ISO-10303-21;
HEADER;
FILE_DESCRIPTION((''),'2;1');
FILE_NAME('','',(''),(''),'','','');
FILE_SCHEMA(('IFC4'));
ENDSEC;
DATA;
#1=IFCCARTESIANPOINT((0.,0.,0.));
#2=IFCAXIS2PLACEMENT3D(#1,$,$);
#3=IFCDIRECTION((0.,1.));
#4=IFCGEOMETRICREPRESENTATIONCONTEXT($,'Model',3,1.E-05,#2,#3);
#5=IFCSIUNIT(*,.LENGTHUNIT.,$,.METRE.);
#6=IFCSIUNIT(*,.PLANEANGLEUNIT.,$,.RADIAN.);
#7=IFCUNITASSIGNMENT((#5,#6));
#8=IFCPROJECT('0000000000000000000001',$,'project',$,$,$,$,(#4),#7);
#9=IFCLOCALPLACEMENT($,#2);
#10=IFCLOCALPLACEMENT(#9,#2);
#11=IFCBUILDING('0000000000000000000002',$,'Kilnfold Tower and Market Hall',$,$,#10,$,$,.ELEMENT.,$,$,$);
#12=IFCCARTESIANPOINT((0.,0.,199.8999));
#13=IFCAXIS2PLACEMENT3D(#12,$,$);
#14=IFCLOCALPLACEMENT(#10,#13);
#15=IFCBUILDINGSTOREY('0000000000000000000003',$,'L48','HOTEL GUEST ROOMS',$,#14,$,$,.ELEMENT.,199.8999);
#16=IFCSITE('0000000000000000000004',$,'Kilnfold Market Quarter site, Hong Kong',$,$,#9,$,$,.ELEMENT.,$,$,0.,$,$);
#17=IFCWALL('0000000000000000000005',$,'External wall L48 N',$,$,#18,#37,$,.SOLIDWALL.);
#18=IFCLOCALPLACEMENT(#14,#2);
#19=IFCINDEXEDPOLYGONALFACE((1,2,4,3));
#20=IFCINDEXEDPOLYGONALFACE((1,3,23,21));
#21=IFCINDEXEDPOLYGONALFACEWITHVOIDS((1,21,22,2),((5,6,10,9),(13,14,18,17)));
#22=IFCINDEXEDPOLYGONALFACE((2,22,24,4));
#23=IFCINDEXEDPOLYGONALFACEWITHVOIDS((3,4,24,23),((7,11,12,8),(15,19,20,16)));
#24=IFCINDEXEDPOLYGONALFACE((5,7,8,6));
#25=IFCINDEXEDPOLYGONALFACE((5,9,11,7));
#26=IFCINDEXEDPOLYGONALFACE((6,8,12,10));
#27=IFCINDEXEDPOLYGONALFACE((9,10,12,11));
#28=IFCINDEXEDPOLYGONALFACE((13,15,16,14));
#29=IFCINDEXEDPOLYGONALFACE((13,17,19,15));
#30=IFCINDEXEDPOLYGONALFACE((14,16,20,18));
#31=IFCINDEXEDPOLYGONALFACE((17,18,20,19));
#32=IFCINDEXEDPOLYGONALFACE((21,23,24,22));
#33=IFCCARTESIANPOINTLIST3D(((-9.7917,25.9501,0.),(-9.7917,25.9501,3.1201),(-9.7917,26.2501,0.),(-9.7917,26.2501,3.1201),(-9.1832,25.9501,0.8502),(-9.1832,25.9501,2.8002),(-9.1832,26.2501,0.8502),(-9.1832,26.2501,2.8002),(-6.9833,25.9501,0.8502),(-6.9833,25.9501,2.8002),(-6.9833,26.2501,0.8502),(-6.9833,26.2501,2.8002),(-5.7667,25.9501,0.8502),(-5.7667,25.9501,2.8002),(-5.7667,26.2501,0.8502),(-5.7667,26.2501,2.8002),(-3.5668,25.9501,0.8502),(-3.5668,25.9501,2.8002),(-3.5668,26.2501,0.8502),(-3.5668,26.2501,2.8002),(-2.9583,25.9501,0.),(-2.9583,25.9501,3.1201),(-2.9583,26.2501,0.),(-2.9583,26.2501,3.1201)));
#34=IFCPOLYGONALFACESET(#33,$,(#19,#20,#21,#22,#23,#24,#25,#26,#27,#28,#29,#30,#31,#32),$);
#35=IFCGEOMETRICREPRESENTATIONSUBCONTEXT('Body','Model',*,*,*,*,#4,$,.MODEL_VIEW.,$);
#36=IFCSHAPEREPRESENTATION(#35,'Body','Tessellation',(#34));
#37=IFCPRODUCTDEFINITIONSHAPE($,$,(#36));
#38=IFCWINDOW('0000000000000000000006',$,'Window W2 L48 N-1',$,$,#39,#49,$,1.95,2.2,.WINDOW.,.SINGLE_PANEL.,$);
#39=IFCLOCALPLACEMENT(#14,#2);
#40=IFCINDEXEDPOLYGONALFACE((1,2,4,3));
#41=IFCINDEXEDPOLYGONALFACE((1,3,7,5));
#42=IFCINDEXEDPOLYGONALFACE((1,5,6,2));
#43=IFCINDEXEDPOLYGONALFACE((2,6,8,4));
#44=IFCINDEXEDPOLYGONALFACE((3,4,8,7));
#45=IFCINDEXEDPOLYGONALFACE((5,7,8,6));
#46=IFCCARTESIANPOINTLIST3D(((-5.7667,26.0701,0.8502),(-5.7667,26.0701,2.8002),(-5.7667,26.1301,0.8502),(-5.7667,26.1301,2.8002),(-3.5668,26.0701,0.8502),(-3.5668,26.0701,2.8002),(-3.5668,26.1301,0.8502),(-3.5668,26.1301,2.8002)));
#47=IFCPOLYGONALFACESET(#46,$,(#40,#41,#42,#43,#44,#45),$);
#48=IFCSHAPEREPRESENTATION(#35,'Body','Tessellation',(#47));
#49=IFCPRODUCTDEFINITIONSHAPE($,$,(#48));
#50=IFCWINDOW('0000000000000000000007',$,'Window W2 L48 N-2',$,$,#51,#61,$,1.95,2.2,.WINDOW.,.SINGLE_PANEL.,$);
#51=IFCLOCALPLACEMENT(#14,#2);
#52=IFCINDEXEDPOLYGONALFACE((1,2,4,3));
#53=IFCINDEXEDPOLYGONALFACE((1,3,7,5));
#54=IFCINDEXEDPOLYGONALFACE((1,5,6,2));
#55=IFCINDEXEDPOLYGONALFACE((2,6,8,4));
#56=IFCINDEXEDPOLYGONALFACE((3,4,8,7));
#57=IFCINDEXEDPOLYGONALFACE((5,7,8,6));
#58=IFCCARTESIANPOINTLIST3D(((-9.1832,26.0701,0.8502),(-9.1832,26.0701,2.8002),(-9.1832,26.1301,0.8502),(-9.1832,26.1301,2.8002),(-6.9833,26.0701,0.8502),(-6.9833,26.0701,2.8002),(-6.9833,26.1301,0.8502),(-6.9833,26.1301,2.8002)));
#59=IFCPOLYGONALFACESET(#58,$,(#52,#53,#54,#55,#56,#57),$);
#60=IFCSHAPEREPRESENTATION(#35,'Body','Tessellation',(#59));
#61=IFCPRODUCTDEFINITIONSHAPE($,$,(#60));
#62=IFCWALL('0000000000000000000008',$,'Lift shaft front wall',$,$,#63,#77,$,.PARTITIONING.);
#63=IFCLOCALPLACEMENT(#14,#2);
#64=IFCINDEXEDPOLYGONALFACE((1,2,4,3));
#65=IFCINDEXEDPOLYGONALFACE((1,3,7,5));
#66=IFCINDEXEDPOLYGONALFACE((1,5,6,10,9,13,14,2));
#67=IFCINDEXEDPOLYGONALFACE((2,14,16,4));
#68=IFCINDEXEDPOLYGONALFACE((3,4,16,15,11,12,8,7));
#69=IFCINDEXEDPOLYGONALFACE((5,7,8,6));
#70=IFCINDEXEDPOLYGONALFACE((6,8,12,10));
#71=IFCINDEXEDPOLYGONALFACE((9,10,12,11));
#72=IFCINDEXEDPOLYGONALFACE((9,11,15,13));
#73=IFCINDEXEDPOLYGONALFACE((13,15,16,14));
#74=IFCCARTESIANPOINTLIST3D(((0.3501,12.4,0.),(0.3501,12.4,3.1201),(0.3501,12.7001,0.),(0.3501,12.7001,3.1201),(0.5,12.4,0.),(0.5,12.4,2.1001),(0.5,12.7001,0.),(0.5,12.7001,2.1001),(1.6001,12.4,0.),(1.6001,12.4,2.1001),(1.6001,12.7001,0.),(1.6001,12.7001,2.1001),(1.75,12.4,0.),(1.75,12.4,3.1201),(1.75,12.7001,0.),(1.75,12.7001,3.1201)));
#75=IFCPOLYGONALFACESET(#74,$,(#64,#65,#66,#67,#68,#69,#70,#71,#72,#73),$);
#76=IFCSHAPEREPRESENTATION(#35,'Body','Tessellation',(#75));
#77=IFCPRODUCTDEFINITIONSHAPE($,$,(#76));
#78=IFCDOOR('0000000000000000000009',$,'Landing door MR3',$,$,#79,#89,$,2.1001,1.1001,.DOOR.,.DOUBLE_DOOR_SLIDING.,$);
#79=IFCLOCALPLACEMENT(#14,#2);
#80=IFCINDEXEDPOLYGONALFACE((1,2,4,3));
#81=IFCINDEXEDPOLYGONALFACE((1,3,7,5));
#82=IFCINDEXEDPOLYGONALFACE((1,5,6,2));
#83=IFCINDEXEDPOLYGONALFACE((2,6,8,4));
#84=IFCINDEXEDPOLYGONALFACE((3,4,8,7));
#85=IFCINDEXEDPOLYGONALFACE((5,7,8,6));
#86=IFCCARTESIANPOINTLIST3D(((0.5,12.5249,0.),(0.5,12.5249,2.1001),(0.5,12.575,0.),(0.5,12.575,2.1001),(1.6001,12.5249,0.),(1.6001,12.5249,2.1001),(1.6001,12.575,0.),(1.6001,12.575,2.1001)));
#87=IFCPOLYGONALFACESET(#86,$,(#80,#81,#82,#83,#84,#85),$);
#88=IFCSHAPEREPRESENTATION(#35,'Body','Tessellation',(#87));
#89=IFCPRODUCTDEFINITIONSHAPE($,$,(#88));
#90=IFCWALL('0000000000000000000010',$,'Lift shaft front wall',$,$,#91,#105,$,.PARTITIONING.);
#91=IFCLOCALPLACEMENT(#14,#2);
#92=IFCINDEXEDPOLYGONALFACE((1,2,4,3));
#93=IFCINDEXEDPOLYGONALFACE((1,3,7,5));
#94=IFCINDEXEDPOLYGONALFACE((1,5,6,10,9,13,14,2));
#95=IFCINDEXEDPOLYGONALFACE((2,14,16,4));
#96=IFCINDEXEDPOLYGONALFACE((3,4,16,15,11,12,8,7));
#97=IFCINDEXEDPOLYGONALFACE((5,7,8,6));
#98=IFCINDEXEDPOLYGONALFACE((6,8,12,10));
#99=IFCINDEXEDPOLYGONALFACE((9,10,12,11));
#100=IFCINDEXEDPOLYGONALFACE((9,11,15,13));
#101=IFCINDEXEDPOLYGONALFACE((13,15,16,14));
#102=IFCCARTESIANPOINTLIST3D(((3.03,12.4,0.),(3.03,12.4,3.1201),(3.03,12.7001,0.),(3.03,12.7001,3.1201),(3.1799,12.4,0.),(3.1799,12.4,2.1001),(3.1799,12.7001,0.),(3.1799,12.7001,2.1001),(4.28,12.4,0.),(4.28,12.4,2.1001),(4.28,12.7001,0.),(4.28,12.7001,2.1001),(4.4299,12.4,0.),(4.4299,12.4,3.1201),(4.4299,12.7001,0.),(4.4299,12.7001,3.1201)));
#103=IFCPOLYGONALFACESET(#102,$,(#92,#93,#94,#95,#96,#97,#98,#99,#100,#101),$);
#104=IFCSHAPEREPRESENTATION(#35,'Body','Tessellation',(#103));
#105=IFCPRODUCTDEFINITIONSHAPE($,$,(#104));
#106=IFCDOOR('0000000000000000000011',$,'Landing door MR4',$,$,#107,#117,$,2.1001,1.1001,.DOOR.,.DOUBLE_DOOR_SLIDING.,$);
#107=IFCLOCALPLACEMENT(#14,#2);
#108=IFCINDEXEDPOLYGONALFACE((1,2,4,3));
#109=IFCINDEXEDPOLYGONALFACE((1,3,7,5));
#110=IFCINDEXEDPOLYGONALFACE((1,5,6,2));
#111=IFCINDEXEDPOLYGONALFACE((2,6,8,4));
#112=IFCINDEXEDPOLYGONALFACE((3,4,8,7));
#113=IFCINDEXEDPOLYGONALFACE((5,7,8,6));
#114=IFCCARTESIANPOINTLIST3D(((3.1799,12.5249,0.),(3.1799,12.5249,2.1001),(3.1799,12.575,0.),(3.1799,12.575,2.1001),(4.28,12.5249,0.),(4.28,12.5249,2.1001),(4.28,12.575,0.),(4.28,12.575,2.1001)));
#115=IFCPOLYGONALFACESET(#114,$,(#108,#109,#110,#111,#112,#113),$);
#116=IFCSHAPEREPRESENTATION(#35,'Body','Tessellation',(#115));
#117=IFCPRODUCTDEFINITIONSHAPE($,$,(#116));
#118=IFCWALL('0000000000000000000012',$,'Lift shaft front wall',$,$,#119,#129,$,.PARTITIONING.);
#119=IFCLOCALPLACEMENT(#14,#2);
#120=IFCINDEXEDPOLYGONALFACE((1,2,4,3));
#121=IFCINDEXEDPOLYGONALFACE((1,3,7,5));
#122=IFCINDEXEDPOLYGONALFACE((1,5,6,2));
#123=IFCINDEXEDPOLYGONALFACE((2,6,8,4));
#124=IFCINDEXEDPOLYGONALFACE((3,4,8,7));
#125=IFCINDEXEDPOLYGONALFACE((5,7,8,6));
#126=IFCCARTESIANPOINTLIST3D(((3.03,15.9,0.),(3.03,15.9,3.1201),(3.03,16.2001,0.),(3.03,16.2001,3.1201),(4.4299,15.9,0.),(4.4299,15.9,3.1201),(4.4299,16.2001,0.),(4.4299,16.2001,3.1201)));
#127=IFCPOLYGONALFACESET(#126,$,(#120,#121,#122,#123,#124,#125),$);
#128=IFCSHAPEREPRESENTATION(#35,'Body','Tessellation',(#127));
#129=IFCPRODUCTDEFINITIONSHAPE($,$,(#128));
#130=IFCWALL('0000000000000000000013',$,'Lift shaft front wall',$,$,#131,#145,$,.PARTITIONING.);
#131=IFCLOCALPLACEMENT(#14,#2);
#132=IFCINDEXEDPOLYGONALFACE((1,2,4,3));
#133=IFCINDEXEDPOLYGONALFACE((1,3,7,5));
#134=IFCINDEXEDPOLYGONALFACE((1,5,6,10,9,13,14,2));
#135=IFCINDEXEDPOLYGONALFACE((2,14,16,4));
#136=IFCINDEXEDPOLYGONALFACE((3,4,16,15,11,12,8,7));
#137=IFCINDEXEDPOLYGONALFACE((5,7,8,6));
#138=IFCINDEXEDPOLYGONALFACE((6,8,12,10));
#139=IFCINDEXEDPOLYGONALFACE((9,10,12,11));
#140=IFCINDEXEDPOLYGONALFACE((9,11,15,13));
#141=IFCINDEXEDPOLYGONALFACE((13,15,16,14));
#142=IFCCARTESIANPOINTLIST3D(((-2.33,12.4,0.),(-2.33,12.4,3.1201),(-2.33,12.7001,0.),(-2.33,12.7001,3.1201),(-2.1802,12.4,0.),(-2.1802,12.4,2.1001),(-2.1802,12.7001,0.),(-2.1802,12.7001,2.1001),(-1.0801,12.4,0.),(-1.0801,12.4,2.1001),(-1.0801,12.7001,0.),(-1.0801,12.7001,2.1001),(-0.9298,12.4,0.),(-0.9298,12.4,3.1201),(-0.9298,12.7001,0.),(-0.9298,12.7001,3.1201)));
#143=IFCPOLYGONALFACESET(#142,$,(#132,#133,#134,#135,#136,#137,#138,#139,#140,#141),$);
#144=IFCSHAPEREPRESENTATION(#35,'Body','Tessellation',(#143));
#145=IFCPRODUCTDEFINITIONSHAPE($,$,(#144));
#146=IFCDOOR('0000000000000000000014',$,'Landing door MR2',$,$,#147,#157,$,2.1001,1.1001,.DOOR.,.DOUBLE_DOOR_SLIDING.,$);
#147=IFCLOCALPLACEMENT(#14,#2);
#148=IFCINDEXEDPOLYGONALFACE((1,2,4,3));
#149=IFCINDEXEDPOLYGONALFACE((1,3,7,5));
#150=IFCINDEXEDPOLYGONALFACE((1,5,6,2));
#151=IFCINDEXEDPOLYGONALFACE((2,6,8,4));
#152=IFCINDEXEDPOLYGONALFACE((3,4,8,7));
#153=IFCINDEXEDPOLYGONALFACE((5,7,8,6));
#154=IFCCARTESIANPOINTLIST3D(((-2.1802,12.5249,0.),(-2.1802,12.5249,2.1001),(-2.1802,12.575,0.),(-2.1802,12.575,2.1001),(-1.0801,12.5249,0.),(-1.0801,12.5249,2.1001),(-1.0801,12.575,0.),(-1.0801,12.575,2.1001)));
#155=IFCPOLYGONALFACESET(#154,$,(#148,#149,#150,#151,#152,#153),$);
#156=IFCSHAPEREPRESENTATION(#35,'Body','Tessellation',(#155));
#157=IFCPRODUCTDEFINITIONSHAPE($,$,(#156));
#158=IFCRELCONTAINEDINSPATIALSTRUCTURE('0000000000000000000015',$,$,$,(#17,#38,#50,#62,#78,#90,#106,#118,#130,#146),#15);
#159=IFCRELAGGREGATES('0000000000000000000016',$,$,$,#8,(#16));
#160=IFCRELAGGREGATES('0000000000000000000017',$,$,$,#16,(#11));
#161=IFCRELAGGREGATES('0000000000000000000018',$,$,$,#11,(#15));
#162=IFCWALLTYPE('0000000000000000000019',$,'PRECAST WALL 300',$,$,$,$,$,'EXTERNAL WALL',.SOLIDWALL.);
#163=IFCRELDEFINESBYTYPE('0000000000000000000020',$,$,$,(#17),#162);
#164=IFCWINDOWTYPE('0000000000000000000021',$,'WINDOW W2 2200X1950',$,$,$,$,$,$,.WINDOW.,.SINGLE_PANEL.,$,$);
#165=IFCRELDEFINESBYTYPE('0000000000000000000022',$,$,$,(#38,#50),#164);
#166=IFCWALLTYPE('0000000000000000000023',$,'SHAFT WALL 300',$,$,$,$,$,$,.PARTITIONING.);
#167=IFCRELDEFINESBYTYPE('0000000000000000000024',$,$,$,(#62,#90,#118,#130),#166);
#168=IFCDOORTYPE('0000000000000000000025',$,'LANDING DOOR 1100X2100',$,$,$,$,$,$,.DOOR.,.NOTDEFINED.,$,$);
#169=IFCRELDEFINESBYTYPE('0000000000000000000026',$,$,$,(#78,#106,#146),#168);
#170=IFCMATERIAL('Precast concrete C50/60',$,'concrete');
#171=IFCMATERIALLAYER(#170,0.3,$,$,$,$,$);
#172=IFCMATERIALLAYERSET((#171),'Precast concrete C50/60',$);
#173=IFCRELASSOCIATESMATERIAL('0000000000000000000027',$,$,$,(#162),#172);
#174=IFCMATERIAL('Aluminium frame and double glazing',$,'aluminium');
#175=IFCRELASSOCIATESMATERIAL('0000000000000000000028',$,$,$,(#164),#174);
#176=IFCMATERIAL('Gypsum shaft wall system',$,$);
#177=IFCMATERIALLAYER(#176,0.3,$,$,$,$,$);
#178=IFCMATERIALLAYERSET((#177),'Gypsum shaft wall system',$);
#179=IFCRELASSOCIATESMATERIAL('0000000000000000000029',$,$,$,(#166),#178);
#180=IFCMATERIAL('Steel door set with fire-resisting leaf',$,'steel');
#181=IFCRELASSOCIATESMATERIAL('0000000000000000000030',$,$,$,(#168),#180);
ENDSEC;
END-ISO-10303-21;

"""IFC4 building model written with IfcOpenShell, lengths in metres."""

from ifc_helpers import new_model, si_unit, direction, frame, frame_2d, origin, place, context, subcontext, project, spatial, rectangle, extrude, source, transform, mapped, material, layer, layer_set, type_object, element, fill, save


model = new_model("IFC4")

# Units and contexts
model_context = context("Model", 3, precision=1e-05, world=origin(), true_north=direction((0.0, 1.0)))
body_context = subcontext(model_context, "Body", "Model", "MODEL_VIEW")
ifc_project = project(units=[si_unit("LENGTHUNIT", "METRE"), si_unit("PLANEANGLEUNIT", "RADIAN")], contexts=[model_context])

# Site, building, storey
site_placement = place(None, origin())
site = spatial("IfcSite", under=ifc_project, at=site_placement, Name="Kilnfold Market Quarter site, Hong Kong", CompositionType="ELEMENT", RefElevation=0.0)
building_placement = place(site_placement, origin())
building = spatial("IfcBuilding", under=site, at=building_placement, Name="Kilnfold Tower and Market Hall", CompositionType="ELEMENT")
storey_placement = place(building_placement, frame((0.0, 0.0, 199.8999)))
storey = spatial("IfcBuildingStorey", under=building, at=storey_placement, Name="L48", Description="HOTEL GUEST ROOMS", CompositionType="ELEMENT", Elevation=199.8999)

# Wall, openings, windows
ifc_material_1 = material(Name="Precast concrete C50/60", Category="concrete")
ifc_layer_1 = layer(ifc_material_1, 0.3)
ifc_layer_set_1 = layer_set([ifc_layer_1], Name="Precast concrete C50/60")
wall_type_1 = type_object("IfcWallType", Name="PRECAST WALL 300", ElementType="EXTERNAL WALL", PredefinedType="SOLIDWALL", material=ifc_layer_set_1)
shared_shape_1 = source(origin(), body_context, "Body", "SweptSolid", [
    extrude(rectangle(XDim=6.8335, YDim=0.3, at=frame_2d((3.4167, 0.0))), origin(), (0.0, 0.0, 1.0), 3.1201),
])
wall_1_placement = place(storey_placement, frame((-2.9583, 26.1001, 0.0), z_axis=(0.0, 0.0, 1.0), x_axis=(-1.0, 0.0, 0.0)))
wall_1 = element("IfcWall", 1, at=wall_1_placement, inside=storey, type_object=wall_type_1, Name="External wall L48 N", PredefinedType="SOLIDWALL", context=body_context, shape_type="MappedRepresentation", body=[
    mapped(shared_shape_1, transform((0.0, 0.0, 0.0))),
])
opening_1_placement = place(wall_1_placement, frame((0.6084, 0.0, 0.8501)))
opening_1 = element("IfcOpeningElement", 2, at=opening_1_placement, cuts=wall_1, PredefinedType="OPENING", context=body_context, shape_type="SweptSolid", body=[
    extrude(rectangle(XDim=2.2, YDim=1.95, at=frame_2d((1.1001, 0.9751))), frame((0.0, 0.1602, 0.0), z_axis=(0.0, -1.0, 0.0), x_axis=(1.0, 0.0, 0.0)), (0.0, 0.0, 1.0), 0.3201),
])
opening_2_placement = place(wall_1_placement, frame((4.0249, 0.0, 0.8501)))
opening_2 = element("IfcOpeningElement", 3, at=opening_2_placement, cuts=wall_1, PredefinedType="OPENING", context=body_context, shape_type="SweptSolid", body=[
    extrude(rectangle(XDim=2.2, YDim=1.95, at=frame_2d((1.1001, 0.9751))), frame((0.0, 0.1602, 0.0), z_axis=(0.0, -1.0, 0.0), x_axis=(1.0, 0.0, 0.0)), (0.0, 0.0, 1.0), 0.3201),
])
ifc_material_2 = material(Name="Aluminium frame and double glazing", Category="aluminium")
window_type = type_object("IfcWindowType", Name="WINDOW W2 2200X1950", PartitioningType="SINGLE_PANEL", PredefinedType="WINDOW", material=ifc_material_2)
window_1_placement = place(opening_1_placement, origin())
window_1 = element("IfcWindow", 4, at=window_1_placement, inside=storey, type_object=window_type, Name="Window W2 L48 N-1", OverallHeight=1.95, OverallWidth=2.2, PartitioningType="SINGLE_PANEL", PredefinedType="WINDOW", context=body_context, shape_type="SweptSolid", body=[
    extrude(rectangle(XDim=2.2, YDim=1.95, at=frame_2d((1.1001, 0.9751))), frame((0.0, 0.03, 0.0), z_axis=(0.0, -1.0, 0.0), x_axis=(1.0, 0.0, 0.0)), (0.0, 0.0, 1.0), 0.0601),
])
fill(opening_1, window_1)
window_2_placement = place(opening_2_placement, origin())
window_2 = element("IfcWindow", 5, at=window_2_placement, inside=storey, type_object=window_type, Name="Window W2 L48 N-2", OverallHeight=1.95, OverallWidth=2.2, PartitioningType="SINGLE_PANEL", PredefinedType="WINDOW", context=body_context, shape_type="SweptSolid", body=[
    extrude(rectangle(XDim=2.2, YDim=1.95, at=frame_2d((1.1001, 0.9751))), frame((0.0, 0.03, 0.0), z_axis=(0.0, -1.0, 0.0), x_axis=(1.0, 0.0, 0.0)), (0.0, 0.0, 1.0), 0.0601),
])
fill(opening_2, window_2)

# Walls, openings, doors
ifc_material_3 = material(Name="Gypsum shaft wall system")
ifc_layer_2 = layer(ifc_material_3, 0.3)
ifc_layer_set_2 = layer_set([ifc_layer_2], Name="Gypsum shaft wall system")
wall_type_2 = type_object("IfcWallType", Name="SHAFT WALL 300", PredefinedType="PARTITIONING", material=ifc_layer_set_2)
shared_shape_2 = source(origin(), body_context, "Body", "SweptSolid", [
    extrude(rectangle(XDim=1.3999, YDim=0.3, at=frame_2d((0.7, 0.0))), origin(), (0.0, 0.0, 1.0), 3.1201),
])
wall_2_placement = place(storey_placement, frame((0.3501, 12.55, 0.0), z_axis=(0.0, 0.0, 1.0), x_axis=(1.0, 0.0, 0.0)))
wall_2 = element("IfcWall", 6, at=wall_2_placement, inside=storey, type_object=wall_type_2, Name="Lift shaft front wall", PredefinedType="PARTITIONING", context=body_context, shape_type="MappedRepresentation", body=[
    mapped(shared_shape_2, transform((0.0, 0.0, 0.0))),
])
opening_3_placement = place(wall_2_placement, frame((0.1499, 0.0, 0.0)))
opening_3 = element("IfcOpeningElement", 7, at=opening_3_placement, cuts=wall_2, PredefinedType="OPENING", context=body_context, shape_type="SweptSolid", body=[
    extrude(rectangle(XDim=1.1001, YDim=2.1001, at=frame_2d((0.55, 1.05))), frame((0.0, 0.1602, 0.0), z_axis=(0.0, -1.0, 0.0), x_axis=(1.0, 0.0, 0.0)), (0.0, 0.0, 1.0), 0.3201),
])
ifc_material_4 = material(Name="Steel door set with fire-resisting leaf", Category="steel")
door_type = type_object("IfcDoorType", Name="LANDING DOOR 1100X2100", OperationType="NOTDEFINED", PredefinedType="DOOR", material=ifc_material_4)
door_1_placement = place(opening_3_placement, origin())
door_1 = element("IfcDoor", 8, at=door_1_placement, inside=storey, type_object=door_type, Name="Landing door MR3", OperationType="DOUBLE_DOOR_SLIDING", OverallHeight=2.1001, OverallWidth=1.1001, PredefinedType="DOOR", context=body_context, shape_type="SweptSolid", body=[
    extrude(rectangle(XDim=1.1001, YDim=2.1001, at=frame_2d((0.55, 1.05))), frame((0.0, 0.0249, 0.0), z_axis=(0.0, -1.0, 0.0), x_axis=(1.0, 0.0, 0.0)), (0.0, 0.0, 1.0), 0.05),
])
fill(opening_3, door_1)
wall_3_placement = place(storey_placement, frame((3.03, 12.55, 0.0), z_axis=(0.0, 0.0, 1.0), x_axis=(1.0, 0.0, 0.0)))
wall_3 = element("IfcWall", 9, at=wall_3_placement, inside=storey, type_object=wall_type_2, Name="Lift shaft front wall", PredefinedType="PARTITIONING", context=body_context, shape_type="MappedRepresentation", body=[
    mapped(shared_shape_2, transform((0.0, 0.0, 0.0))),
])
opening_4_placement = place(wall_3_placement, frame((0.1499, 0.0, 0.0)))
opening_4 = element("IfcOpeningElement", 10, at=opening_4_placement, cuts=wall_3, PredefinedType="OPENING", context=body_context, shape_type="SweptSolid", body=[
    extrude(rectangle(XDim=1.1001, YDim=2.1001, at=frame_2d((0.55, 1.05))), frame((0.0, 0.1602, 0.0), z_axis=(0.0, -1.0, 0.0), x_axis=(1.0, 0.0, 0.0)), (0.0, 0.0, 1.0), 0.3201),
])
door_2_placement = place(opening_4_placement, origin())
door_2 = element("IfcDoor", 11, at=door_2_placement, inside=storey, type_object=door_type, Name="Landing door MR4", OperationType="DOUBLE_DOOR_SLIDING", OverallHeight=2.1001, OverallWidth=1.1001, PredefinedType="DOOR", context=body_context, shape_type="SweptSolid", body=[
    extrude(rectangle(XDim=1.1001, YDim=2.1001, at=frame_2d((0.55, 1.05))), frame((0.0, 0.0249, 0.0), z_axis=(0.0, -1.0, 0.0), x_axis=(1.0, 0.0, 0.0)), (0.0, 0.0, 1.0), 0.05),
])
fill(opening_4, door_2)

# Wall
wall_4_placement = place(storey_placement, frame((3.03, 16.05, 0.0), z_axis=(0.0, 0.0, 1.0), x_axis=(1.0, 0.0, 0.0)))
element("IfcWall", 12, at=wall_4_placement, inside=storey, type_object=wall_type_2, Name="Lift shaft front wall", PredefinedType="PARTITIONING", context=body_context, shape_type="MappedRepresentation", body=[
    mapped(shared_shape_2, transform((0.0, 0.0, 0.0))),
])

# Wall, opening, door
shared_shape_3 = source(origin(), body_context, "Body", "SweptSolid", [
    extrude(rectangle(XDim=1.4001, YDim=0.3, at=frame_2d((0.7002, 0.0))), origin(), (0.0, 0.0, 1.0), 3.1201),
])
wall_5_placement = place(storey_placement, frame((-2.3301, 12.55, 0.0), z_axis=(0.0, 0.0, 1.0), x_axis=(1.0, 0.0, 0.0)))
wall_5 = element("IfcWall", 13, at=wall_5_placement, inside=storey, type_object=wall_type_2, Name="Lift shaft front wall", PredefinedType="PARTITIONING", context=body_context, shape_type="MappedRepresentation", body=[
    mapped(shared_shape_3, transform((0.0, 0.0, 0.0))),
])
opening_5_placement = place(wall_5_placement, frame((0.1499, 0.0, 0.0)))
opening_5 = element("IfcOpeningElement", 14, at=opening_5_placement, cuts=wall_5, PredefinedType="OPENING", context=body_context, shape_type="SweptSolid", body=[
    extrude(rectangle(XDim=1.1001, YDim=2.1001, at=frame_2d((0.55, 1.05))), frame((0.0, 0.1602, 0.0), z_axis=(0.0, -1.0, 0.0), x_axis=(1.0, 0.0, 0.0)), (0.0, 0.0, 1.0), 0.3201),
])
door_3_placement = place(opening_5_placement, origin())
door_3 = element("IfcDoor", 15, at=door_3_placement, inside=storey, type_object=door_type, Name="Landing door MR2", OperationType="DOUBLE_DOOR_SLIDING", OverallHeight=2.1001, OverallWidth=1.1001, PredefinedType="DOOR", context=body_context, shape_type="SweptSolid", body=[
    extrude(rectangle(XDim=1.1001, YDim=2.1001, at=frame_2d((0.55, 1.05))), frame((0.0, 0.0249, 0.0), z_axis=(0.0, -1.0, 0.0), x_axis=(1.0, 0.0, 0.0)), (0.0, 0.0, 1.0), 0.05),
])
fill(opening_5, door_3)

save(model, "model.ifc")
